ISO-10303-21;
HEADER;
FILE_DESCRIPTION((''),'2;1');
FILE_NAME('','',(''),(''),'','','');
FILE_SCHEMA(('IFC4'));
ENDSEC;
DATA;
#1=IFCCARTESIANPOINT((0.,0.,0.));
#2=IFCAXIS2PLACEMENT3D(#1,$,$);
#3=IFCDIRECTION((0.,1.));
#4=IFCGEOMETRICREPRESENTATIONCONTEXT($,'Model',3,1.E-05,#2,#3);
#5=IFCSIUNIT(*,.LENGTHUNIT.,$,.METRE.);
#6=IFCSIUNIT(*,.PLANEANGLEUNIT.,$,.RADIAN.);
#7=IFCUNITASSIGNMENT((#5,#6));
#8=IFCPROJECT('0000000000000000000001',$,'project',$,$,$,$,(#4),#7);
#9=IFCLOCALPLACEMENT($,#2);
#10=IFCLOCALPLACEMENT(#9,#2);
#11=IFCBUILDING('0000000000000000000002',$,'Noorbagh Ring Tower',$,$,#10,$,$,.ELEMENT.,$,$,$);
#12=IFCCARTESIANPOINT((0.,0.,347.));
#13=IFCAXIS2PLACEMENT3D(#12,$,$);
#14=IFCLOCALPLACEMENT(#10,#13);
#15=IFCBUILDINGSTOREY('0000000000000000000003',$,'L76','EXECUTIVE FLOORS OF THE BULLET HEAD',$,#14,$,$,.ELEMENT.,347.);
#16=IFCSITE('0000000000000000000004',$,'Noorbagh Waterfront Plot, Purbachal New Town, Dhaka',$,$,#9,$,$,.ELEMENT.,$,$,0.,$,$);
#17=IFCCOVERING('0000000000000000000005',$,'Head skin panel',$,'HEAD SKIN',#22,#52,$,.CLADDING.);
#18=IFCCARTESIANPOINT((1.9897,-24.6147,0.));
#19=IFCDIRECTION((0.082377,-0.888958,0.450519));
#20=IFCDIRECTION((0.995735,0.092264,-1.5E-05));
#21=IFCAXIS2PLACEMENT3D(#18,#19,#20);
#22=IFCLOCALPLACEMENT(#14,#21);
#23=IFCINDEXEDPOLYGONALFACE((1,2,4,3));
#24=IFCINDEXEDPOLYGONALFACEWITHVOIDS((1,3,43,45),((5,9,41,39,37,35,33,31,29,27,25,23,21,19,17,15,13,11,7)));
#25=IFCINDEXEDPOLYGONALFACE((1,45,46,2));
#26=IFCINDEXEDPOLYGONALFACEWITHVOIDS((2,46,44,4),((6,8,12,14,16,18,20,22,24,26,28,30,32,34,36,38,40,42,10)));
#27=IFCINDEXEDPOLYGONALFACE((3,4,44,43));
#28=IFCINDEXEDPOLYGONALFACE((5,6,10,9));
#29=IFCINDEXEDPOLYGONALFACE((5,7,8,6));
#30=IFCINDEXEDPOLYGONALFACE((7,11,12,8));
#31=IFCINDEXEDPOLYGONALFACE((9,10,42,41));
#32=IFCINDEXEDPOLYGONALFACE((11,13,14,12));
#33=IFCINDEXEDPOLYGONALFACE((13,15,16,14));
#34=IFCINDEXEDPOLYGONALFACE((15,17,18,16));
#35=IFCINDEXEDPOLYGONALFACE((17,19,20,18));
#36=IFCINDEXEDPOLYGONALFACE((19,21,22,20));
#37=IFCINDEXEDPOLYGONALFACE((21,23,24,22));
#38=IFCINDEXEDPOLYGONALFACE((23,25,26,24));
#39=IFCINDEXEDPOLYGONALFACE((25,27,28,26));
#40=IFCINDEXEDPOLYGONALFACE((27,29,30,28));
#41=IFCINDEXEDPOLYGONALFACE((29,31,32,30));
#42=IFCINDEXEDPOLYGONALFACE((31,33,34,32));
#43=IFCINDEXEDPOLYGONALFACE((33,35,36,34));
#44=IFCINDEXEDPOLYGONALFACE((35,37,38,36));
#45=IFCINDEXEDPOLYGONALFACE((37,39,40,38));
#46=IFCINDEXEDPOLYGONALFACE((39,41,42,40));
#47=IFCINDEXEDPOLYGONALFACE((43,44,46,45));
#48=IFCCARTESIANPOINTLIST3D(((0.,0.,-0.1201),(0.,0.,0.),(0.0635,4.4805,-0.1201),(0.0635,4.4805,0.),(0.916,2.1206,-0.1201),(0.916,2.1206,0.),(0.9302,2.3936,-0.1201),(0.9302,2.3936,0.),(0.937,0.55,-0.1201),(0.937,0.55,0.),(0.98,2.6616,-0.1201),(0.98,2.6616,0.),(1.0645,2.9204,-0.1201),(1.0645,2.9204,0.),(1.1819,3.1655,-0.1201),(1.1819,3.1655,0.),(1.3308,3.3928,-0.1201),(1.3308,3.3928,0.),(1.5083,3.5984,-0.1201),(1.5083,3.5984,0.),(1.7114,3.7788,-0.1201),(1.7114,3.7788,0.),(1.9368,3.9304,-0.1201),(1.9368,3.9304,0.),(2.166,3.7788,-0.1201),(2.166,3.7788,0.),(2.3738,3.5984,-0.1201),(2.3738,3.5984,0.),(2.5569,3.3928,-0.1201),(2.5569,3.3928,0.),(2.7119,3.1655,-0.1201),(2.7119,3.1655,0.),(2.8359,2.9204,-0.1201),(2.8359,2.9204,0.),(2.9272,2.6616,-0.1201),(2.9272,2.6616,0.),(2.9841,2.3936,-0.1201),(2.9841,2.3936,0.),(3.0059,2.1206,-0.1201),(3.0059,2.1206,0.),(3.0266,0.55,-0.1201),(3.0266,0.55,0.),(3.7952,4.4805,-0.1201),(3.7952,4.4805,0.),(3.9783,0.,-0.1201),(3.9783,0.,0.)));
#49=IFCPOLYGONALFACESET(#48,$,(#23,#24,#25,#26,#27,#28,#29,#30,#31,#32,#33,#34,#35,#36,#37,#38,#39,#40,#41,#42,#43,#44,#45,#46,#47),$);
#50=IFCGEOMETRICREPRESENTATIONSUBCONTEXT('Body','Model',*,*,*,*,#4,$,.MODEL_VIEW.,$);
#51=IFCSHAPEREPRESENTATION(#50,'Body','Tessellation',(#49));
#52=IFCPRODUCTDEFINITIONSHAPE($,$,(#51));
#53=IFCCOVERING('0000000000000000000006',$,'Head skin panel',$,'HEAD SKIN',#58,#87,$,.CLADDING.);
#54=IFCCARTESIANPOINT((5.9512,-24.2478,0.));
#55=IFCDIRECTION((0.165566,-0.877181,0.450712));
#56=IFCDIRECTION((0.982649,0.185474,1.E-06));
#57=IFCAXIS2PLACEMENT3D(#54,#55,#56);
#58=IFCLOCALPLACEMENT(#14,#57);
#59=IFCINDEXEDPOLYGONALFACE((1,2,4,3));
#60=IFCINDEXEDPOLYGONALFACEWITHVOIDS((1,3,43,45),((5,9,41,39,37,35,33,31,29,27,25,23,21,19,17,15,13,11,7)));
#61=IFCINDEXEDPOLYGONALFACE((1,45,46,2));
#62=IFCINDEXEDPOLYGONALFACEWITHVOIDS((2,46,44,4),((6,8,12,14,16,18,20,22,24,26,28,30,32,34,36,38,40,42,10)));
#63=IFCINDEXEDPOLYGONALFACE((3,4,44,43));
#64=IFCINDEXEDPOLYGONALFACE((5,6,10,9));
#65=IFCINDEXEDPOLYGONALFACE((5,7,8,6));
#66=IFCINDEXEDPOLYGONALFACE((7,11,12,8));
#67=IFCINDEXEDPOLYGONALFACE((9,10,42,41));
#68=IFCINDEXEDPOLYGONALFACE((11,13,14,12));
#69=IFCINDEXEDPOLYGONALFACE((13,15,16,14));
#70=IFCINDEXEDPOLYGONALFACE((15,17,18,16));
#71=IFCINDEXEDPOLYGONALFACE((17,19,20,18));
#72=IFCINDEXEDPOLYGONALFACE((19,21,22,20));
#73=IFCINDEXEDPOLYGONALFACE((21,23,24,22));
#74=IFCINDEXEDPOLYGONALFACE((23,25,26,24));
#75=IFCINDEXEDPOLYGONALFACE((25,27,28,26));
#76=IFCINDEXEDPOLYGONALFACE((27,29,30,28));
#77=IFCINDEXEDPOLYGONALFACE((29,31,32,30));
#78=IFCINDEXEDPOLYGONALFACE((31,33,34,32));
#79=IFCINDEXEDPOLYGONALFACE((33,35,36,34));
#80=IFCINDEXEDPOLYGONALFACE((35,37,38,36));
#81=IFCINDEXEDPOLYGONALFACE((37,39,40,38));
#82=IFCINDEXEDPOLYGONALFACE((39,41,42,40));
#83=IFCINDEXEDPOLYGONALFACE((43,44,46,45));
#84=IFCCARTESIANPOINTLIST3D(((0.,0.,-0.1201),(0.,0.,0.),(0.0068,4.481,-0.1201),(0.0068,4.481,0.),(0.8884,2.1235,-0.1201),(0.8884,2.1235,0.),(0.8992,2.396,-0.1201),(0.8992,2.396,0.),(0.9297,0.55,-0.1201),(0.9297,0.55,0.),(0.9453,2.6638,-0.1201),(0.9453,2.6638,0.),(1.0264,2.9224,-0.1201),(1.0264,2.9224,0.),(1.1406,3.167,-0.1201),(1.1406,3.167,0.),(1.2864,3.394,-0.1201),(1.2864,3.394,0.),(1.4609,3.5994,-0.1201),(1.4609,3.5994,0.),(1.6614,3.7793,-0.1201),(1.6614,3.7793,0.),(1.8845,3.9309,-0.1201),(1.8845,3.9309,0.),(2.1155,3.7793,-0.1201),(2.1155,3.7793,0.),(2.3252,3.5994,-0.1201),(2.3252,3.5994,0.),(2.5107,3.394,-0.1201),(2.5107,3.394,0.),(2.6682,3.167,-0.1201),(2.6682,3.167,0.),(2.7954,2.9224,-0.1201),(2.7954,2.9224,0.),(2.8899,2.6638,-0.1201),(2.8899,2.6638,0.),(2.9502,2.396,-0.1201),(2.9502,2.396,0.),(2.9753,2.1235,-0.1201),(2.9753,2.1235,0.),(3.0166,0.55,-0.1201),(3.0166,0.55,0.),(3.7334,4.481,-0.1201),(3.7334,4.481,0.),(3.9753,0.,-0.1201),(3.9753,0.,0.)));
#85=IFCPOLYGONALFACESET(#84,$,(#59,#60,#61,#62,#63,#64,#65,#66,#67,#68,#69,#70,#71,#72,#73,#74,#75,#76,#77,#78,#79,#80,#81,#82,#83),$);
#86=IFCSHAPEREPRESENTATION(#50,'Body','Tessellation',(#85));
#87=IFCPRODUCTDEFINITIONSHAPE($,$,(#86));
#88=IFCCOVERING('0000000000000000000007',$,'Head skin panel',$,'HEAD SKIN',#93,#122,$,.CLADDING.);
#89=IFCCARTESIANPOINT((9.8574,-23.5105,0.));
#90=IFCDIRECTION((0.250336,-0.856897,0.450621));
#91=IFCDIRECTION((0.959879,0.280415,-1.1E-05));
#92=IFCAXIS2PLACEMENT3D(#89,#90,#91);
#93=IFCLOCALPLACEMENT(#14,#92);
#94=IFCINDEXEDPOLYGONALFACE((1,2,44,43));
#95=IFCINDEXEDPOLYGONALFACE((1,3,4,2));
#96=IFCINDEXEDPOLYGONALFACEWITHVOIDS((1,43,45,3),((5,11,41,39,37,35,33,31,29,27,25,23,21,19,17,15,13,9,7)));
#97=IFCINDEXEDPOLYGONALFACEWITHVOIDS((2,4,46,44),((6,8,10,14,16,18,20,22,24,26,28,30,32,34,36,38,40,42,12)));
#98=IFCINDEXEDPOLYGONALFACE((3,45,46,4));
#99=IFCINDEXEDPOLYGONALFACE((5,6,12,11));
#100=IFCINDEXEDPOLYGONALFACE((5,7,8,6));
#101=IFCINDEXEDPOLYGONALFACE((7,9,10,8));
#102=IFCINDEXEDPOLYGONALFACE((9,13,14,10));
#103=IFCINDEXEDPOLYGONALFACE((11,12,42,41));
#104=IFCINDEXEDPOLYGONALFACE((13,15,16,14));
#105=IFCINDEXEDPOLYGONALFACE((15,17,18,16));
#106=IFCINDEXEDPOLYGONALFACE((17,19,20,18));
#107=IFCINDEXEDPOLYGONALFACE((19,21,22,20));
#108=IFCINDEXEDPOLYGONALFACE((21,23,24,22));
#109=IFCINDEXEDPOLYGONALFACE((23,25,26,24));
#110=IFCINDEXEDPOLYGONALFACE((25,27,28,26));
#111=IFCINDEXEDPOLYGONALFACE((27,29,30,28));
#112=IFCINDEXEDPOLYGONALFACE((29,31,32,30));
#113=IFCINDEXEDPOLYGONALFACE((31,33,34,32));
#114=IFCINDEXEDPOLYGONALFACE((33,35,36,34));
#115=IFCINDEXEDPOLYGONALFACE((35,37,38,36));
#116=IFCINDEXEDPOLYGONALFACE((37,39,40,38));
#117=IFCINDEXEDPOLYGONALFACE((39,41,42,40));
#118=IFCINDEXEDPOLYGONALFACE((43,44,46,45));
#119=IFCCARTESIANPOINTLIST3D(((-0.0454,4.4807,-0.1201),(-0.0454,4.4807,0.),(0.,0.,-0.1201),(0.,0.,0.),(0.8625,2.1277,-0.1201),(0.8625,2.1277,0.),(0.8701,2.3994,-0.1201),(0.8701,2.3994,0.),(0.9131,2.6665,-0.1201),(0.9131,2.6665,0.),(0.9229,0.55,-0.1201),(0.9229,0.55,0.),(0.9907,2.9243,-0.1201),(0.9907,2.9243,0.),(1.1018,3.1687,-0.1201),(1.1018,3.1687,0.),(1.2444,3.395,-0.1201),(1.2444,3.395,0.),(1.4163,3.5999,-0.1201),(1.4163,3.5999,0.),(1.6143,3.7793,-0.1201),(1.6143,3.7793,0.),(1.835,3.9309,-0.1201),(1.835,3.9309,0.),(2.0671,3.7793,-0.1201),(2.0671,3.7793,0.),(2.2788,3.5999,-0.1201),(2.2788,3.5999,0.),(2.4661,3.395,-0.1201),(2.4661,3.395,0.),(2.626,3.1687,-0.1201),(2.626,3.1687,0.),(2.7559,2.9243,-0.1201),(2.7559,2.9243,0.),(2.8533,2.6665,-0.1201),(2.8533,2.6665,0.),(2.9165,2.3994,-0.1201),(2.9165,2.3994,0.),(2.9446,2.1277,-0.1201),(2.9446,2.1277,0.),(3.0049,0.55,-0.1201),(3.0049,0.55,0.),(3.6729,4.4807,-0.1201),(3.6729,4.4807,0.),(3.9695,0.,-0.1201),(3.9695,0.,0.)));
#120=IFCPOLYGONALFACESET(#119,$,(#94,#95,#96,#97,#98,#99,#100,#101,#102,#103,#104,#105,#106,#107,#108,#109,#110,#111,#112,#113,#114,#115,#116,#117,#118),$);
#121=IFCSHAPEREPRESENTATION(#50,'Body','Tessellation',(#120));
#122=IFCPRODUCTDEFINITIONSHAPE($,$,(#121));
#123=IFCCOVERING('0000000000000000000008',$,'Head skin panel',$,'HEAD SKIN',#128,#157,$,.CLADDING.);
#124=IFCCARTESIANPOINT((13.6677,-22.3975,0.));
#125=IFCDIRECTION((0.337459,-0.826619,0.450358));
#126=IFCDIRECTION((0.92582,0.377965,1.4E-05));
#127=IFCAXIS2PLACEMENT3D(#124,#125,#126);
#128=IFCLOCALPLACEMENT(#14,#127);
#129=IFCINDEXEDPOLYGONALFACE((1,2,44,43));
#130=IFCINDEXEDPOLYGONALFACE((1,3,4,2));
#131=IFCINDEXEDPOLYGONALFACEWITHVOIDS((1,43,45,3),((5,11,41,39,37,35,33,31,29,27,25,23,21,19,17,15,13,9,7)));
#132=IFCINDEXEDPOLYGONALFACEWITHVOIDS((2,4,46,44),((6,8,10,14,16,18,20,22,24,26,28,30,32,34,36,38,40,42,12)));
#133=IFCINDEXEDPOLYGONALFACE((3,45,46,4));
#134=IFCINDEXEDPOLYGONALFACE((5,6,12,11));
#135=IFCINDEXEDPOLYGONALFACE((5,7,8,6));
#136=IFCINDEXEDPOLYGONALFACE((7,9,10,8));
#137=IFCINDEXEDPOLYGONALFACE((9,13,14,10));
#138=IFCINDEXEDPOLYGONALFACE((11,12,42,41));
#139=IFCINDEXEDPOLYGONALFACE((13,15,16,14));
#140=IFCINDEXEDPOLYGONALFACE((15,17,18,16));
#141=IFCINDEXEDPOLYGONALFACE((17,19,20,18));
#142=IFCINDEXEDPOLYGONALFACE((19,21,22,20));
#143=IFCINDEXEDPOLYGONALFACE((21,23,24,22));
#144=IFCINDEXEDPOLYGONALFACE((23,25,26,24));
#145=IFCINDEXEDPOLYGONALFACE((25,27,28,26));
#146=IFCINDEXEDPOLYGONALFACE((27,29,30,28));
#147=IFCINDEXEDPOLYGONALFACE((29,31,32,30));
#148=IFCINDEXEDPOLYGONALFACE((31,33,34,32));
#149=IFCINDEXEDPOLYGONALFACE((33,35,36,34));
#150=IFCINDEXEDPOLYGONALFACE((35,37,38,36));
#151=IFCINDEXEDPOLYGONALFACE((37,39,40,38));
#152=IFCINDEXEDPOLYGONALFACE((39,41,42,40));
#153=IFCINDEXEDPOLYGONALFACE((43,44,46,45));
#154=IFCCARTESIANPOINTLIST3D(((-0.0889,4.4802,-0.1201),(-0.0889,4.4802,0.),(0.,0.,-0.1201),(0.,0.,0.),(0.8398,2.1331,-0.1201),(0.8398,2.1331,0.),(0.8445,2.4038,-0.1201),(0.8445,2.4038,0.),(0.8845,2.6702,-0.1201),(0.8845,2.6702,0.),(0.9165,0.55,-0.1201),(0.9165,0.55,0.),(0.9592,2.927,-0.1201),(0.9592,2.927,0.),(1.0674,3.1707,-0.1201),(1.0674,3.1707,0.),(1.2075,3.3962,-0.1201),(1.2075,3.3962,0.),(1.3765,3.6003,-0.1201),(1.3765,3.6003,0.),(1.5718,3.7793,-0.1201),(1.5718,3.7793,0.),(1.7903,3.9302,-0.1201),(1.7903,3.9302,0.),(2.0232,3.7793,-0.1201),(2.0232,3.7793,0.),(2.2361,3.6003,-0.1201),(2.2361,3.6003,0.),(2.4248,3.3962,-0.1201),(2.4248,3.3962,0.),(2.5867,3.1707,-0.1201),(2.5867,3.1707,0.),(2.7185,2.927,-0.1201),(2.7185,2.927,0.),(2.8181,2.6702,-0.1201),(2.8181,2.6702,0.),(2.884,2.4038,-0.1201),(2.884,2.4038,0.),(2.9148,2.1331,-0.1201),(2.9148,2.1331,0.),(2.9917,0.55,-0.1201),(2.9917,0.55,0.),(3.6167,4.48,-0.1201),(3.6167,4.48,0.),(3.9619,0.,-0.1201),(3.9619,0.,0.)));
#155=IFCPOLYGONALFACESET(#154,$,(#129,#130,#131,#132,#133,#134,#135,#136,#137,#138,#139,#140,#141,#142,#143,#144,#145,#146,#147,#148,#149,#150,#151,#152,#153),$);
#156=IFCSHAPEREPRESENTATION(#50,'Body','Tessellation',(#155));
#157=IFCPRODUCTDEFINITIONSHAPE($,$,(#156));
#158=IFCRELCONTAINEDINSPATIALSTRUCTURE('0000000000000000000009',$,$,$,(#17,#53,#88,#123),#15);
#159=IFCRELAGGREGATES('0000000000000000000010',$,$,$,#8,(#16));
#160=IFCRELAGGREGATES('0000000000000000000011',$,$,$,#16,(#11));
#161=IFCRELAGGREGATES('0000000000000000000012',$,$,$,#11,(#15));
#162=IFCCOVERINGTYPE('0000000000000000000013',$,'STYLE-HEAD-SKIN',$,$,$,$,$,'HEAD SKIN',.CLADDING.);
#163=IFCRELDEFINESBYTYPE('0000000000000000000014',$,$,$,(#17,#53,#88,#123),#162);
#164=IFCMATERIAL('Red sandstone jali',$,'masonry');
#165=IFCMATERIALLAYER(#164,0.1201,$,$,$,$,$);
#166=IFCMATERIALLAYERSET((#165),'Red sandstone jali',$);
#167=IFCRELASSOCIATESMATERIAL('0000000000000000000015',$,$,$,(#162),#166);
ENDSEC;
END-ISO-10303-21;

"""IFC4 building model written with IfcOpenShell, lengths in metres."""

from ifc_helpers import new_model, si_unit, direction, frame, origin, place, context, subcontext, project, spatial, polyline, outline, extrude, material, layer, layer_set, type_object, element, save


model = new_model("IFC4")

# Units and contexts
model_context = context("Model", 3, precision=1e-05, world=origin(), true_north=direction((0.0, 1.0)))
body_context = subcontext(model_context, "Body", "Model", "MODEL_VIEW")
ifc_project = project(units=[si_unit("LENGTHUNIT", "METRE"), si_unit("PLANEANGLEUNIT", "RADIAN")], contexts=[model_context])

# Site, building, storey
site_placement = place(None, origin())
site = spatial("IfcSite", under=ifc_project, at=site_placement, Name="Noorbagh Waterfront Plot, Purbachal New Town, Dhaka", CompositionType="ELEMENT", RefElevation=0.0)
building_placement = place(site_placement, origin())
building = spatial("IfcBuilding", under=site, at=building_placement, Name="Noorbagh Ring Tower", CompositionType="ELEMENT")
storey_placement = place(building_placement, frame((0.0, 0.0, 347.0)))
storey = spatial("IfcBuildingStorey", under=building, at=storey_placement, Name="L76", Description="EXECUTIVE FLOORS OF THE BULLET HEAD", CompositionType="ELEMENT", Elevation=347.0)

# Coverings
ifc_material_1 = material(Name="Red sandstone jali", Category="masonry")
ifc_layer_1 = layer(ifc_material_1, 0.1201)
ifc_layer_set_1 = layer_set([ifc_layer_1], Name="Red sandstone jali")
covering_type_1 = type_object("IfcCoveringType", Name="STYLE-HEAD-SKIN", ElementType="HEAD SKIN", PredefinedType="CLADDING", material=ifc_layer_set_1)
covering_1_placement = place(storey_placement, frame((1.9897, -24.6147, 0.0), z_axis=(0.082377, -0.888958, 0.450519), x_axis=(0.995735, 0.092264, -0.000015)))
element("IfcCovering", 1, at=covering_1_placement, inside=storey, type_object=covering_type_1, Name="Head skin panel", ObjectType="HEAD SKIN", PredefinedType="CLADDING", context=body_context, shape_type="SweptSolid", body=[
    extrude(outline(polyline([(0.0, 0.0), (3.9783, 0.0), (3.7952, 4.4805), (0.0635, 4.4805), (0.0, 0.0)]), holes=[polyline([(0.937, 0.55), (0.916, 2.1206), (0.9302, 2.3936), (0.98, 2.6616), (1.0645, 2.9204), (1.1819, 3.1655), (1.3308, 3.3928), (1.5083, 3.5984), (1.7114, 3.7788), (1.9368, 3.9304), (2.166, 3.7788), (2.3738, 3.5984), (2.5569, 3.3928), (2.7119, 3.1655), (2.8359, 2.9204), (2.9272, 2.6616), (2.9841, 2.3936), (3.0059, 2.1206), (3.0266, 0.55), (0.937, 0.55)])]), origin(), (0.0, 0.0, -1.0), 0.1201),
])
covering_2_placement = place(storey_placement, frame((5.9512, -24.2478, 0.0), z_axis=(0.165566, -0.877181, 0.450712), x_axis=(0.982649, 0.185474, 0.000001)))
element("IfcCovering", 2, at=covering_2_placement, inside=storey, type_object=covering_type_1, Name="Head skin panel", ObjectType="HEAD SKIN", PredefinedType="CLADDING", context=body_context, shape_type="SweptSolid", body=[
    extrude(outline(polyline([(0.0, 0.0), (3.9753, 0.0), (3.7334, 4.481), (0.0068, 4.481), (0.0, 0.0)]), holes=[polyline([(0.9297, 0.55), (0.8884, 2.1235), (0.8992, 2.396), (0.9453, 2.6638), (1.0264, 2.9224), (1.1406, 3.167), (1.2864, 3.394), (1.4609, 3.5994), (1.6614, 3.7793), (1.8845, 3.9309), (2.1155, 3.7793), (2.3252, 3.5994), (2.5107, 3.394), (2.6682, 3.167), (2.7954, 2.9224), (2.8899, 2.6638), (2.9502, 2.396), (2.9753, 2.1235), (3.0166, 0.55), (0.9297, 0.55)])]), origin(), (0.0, 0.0, -1.0), 0.1201),
])
covering_3_placement = place(storey_placement, frame((9.8574, -23.5105, 0.0), z_axis=(0.250336, -0.856897, 0.450621), x_axis=(0.959879, 0.280415, -0.000011)))
element("IfcCovering", 3, at=covering_3_placement, inside=storey, type_object=covering_type_1, Name="Head skin panel", ObjectType="HEAD SKIN", PredefinedType="CLADDING", context=body_context, shape_type="SweptSolid", body=[
    extrude(outline(polyline([(0.0, 0.0), (3.9695, 0.0), (3.6729, 4.4807), (-0.0454, 4.4807), (0.0, 0.0)]), holes=[polyline([(0.9229, 0.55), (0.8625, 2.1277), (0.8701, 2.3994), (0.9131, 2.6665), (0.9907, 2.9243), (1.1018, 3.1687), (1.2444, 3.395), (1.4163, 3.5999), (1.6143, 3.7793), (1.835, 3.9309), (2.0671, 3.7793), (2.2788, 3.5999), (2.4661, 3.395), (2.626, 3.1687), (2.7559, 2.9243), (2.8533, 2.6665), (2.9165, 2.3994), (2.9446, 2.1277), (3.0049, 0.55), (0.9229, 0.55)])]), origin(), (0.0, 0.0, -1.0), 0.1201),
])
covering_4_placement = place(storey_placement, frame((13.6677, -22.3975, 0.0), z_axis=(0.337459, -0.826619, 0.450358), x_axis=(0.92582, 0.377965, 0.000014)))
element("IfcCovering", 4, at=covering_4_placement, inside=storey, type_object=covering_type_1, Name="Head skin panel", ObjectType="HEAD SKIN", PredefinedType="CLADDING", context=body_context, shape_type="SweptSolid", body=[
    extrude(outline(polyline([(0.0, 0.0), (3.9619, 0.0), (3.6167, 4.48), (-0.0889, 4.4802), (0.0, 0.0)]), holes=[polyline([(0.9165, 0.55), (0.8398, 2.1331), (0.8445, 2.4038), (0.8845, 2.6702), (0.9592, 2.927), (1.0674, 3.1707), (1.2075, 3.3962), (1.3765, 3.6003), (1.5718, 3.7793), (1.7903, 3.9302), (2.0232, 3.7793), (2.2361, 3.6003), (2.4248, 3.3962), (2.5867, 3.1707), (2.7185, 2.927), (2.8181, 2.6702), (2.884, 2.4038), (2.9148, 2.1331), (2.9917, 0.55), (0.9165, 0.55)])]), origin(), (0.0, 0.0, -1.0), 0.1201),
])

save(model, "model.ifc")
